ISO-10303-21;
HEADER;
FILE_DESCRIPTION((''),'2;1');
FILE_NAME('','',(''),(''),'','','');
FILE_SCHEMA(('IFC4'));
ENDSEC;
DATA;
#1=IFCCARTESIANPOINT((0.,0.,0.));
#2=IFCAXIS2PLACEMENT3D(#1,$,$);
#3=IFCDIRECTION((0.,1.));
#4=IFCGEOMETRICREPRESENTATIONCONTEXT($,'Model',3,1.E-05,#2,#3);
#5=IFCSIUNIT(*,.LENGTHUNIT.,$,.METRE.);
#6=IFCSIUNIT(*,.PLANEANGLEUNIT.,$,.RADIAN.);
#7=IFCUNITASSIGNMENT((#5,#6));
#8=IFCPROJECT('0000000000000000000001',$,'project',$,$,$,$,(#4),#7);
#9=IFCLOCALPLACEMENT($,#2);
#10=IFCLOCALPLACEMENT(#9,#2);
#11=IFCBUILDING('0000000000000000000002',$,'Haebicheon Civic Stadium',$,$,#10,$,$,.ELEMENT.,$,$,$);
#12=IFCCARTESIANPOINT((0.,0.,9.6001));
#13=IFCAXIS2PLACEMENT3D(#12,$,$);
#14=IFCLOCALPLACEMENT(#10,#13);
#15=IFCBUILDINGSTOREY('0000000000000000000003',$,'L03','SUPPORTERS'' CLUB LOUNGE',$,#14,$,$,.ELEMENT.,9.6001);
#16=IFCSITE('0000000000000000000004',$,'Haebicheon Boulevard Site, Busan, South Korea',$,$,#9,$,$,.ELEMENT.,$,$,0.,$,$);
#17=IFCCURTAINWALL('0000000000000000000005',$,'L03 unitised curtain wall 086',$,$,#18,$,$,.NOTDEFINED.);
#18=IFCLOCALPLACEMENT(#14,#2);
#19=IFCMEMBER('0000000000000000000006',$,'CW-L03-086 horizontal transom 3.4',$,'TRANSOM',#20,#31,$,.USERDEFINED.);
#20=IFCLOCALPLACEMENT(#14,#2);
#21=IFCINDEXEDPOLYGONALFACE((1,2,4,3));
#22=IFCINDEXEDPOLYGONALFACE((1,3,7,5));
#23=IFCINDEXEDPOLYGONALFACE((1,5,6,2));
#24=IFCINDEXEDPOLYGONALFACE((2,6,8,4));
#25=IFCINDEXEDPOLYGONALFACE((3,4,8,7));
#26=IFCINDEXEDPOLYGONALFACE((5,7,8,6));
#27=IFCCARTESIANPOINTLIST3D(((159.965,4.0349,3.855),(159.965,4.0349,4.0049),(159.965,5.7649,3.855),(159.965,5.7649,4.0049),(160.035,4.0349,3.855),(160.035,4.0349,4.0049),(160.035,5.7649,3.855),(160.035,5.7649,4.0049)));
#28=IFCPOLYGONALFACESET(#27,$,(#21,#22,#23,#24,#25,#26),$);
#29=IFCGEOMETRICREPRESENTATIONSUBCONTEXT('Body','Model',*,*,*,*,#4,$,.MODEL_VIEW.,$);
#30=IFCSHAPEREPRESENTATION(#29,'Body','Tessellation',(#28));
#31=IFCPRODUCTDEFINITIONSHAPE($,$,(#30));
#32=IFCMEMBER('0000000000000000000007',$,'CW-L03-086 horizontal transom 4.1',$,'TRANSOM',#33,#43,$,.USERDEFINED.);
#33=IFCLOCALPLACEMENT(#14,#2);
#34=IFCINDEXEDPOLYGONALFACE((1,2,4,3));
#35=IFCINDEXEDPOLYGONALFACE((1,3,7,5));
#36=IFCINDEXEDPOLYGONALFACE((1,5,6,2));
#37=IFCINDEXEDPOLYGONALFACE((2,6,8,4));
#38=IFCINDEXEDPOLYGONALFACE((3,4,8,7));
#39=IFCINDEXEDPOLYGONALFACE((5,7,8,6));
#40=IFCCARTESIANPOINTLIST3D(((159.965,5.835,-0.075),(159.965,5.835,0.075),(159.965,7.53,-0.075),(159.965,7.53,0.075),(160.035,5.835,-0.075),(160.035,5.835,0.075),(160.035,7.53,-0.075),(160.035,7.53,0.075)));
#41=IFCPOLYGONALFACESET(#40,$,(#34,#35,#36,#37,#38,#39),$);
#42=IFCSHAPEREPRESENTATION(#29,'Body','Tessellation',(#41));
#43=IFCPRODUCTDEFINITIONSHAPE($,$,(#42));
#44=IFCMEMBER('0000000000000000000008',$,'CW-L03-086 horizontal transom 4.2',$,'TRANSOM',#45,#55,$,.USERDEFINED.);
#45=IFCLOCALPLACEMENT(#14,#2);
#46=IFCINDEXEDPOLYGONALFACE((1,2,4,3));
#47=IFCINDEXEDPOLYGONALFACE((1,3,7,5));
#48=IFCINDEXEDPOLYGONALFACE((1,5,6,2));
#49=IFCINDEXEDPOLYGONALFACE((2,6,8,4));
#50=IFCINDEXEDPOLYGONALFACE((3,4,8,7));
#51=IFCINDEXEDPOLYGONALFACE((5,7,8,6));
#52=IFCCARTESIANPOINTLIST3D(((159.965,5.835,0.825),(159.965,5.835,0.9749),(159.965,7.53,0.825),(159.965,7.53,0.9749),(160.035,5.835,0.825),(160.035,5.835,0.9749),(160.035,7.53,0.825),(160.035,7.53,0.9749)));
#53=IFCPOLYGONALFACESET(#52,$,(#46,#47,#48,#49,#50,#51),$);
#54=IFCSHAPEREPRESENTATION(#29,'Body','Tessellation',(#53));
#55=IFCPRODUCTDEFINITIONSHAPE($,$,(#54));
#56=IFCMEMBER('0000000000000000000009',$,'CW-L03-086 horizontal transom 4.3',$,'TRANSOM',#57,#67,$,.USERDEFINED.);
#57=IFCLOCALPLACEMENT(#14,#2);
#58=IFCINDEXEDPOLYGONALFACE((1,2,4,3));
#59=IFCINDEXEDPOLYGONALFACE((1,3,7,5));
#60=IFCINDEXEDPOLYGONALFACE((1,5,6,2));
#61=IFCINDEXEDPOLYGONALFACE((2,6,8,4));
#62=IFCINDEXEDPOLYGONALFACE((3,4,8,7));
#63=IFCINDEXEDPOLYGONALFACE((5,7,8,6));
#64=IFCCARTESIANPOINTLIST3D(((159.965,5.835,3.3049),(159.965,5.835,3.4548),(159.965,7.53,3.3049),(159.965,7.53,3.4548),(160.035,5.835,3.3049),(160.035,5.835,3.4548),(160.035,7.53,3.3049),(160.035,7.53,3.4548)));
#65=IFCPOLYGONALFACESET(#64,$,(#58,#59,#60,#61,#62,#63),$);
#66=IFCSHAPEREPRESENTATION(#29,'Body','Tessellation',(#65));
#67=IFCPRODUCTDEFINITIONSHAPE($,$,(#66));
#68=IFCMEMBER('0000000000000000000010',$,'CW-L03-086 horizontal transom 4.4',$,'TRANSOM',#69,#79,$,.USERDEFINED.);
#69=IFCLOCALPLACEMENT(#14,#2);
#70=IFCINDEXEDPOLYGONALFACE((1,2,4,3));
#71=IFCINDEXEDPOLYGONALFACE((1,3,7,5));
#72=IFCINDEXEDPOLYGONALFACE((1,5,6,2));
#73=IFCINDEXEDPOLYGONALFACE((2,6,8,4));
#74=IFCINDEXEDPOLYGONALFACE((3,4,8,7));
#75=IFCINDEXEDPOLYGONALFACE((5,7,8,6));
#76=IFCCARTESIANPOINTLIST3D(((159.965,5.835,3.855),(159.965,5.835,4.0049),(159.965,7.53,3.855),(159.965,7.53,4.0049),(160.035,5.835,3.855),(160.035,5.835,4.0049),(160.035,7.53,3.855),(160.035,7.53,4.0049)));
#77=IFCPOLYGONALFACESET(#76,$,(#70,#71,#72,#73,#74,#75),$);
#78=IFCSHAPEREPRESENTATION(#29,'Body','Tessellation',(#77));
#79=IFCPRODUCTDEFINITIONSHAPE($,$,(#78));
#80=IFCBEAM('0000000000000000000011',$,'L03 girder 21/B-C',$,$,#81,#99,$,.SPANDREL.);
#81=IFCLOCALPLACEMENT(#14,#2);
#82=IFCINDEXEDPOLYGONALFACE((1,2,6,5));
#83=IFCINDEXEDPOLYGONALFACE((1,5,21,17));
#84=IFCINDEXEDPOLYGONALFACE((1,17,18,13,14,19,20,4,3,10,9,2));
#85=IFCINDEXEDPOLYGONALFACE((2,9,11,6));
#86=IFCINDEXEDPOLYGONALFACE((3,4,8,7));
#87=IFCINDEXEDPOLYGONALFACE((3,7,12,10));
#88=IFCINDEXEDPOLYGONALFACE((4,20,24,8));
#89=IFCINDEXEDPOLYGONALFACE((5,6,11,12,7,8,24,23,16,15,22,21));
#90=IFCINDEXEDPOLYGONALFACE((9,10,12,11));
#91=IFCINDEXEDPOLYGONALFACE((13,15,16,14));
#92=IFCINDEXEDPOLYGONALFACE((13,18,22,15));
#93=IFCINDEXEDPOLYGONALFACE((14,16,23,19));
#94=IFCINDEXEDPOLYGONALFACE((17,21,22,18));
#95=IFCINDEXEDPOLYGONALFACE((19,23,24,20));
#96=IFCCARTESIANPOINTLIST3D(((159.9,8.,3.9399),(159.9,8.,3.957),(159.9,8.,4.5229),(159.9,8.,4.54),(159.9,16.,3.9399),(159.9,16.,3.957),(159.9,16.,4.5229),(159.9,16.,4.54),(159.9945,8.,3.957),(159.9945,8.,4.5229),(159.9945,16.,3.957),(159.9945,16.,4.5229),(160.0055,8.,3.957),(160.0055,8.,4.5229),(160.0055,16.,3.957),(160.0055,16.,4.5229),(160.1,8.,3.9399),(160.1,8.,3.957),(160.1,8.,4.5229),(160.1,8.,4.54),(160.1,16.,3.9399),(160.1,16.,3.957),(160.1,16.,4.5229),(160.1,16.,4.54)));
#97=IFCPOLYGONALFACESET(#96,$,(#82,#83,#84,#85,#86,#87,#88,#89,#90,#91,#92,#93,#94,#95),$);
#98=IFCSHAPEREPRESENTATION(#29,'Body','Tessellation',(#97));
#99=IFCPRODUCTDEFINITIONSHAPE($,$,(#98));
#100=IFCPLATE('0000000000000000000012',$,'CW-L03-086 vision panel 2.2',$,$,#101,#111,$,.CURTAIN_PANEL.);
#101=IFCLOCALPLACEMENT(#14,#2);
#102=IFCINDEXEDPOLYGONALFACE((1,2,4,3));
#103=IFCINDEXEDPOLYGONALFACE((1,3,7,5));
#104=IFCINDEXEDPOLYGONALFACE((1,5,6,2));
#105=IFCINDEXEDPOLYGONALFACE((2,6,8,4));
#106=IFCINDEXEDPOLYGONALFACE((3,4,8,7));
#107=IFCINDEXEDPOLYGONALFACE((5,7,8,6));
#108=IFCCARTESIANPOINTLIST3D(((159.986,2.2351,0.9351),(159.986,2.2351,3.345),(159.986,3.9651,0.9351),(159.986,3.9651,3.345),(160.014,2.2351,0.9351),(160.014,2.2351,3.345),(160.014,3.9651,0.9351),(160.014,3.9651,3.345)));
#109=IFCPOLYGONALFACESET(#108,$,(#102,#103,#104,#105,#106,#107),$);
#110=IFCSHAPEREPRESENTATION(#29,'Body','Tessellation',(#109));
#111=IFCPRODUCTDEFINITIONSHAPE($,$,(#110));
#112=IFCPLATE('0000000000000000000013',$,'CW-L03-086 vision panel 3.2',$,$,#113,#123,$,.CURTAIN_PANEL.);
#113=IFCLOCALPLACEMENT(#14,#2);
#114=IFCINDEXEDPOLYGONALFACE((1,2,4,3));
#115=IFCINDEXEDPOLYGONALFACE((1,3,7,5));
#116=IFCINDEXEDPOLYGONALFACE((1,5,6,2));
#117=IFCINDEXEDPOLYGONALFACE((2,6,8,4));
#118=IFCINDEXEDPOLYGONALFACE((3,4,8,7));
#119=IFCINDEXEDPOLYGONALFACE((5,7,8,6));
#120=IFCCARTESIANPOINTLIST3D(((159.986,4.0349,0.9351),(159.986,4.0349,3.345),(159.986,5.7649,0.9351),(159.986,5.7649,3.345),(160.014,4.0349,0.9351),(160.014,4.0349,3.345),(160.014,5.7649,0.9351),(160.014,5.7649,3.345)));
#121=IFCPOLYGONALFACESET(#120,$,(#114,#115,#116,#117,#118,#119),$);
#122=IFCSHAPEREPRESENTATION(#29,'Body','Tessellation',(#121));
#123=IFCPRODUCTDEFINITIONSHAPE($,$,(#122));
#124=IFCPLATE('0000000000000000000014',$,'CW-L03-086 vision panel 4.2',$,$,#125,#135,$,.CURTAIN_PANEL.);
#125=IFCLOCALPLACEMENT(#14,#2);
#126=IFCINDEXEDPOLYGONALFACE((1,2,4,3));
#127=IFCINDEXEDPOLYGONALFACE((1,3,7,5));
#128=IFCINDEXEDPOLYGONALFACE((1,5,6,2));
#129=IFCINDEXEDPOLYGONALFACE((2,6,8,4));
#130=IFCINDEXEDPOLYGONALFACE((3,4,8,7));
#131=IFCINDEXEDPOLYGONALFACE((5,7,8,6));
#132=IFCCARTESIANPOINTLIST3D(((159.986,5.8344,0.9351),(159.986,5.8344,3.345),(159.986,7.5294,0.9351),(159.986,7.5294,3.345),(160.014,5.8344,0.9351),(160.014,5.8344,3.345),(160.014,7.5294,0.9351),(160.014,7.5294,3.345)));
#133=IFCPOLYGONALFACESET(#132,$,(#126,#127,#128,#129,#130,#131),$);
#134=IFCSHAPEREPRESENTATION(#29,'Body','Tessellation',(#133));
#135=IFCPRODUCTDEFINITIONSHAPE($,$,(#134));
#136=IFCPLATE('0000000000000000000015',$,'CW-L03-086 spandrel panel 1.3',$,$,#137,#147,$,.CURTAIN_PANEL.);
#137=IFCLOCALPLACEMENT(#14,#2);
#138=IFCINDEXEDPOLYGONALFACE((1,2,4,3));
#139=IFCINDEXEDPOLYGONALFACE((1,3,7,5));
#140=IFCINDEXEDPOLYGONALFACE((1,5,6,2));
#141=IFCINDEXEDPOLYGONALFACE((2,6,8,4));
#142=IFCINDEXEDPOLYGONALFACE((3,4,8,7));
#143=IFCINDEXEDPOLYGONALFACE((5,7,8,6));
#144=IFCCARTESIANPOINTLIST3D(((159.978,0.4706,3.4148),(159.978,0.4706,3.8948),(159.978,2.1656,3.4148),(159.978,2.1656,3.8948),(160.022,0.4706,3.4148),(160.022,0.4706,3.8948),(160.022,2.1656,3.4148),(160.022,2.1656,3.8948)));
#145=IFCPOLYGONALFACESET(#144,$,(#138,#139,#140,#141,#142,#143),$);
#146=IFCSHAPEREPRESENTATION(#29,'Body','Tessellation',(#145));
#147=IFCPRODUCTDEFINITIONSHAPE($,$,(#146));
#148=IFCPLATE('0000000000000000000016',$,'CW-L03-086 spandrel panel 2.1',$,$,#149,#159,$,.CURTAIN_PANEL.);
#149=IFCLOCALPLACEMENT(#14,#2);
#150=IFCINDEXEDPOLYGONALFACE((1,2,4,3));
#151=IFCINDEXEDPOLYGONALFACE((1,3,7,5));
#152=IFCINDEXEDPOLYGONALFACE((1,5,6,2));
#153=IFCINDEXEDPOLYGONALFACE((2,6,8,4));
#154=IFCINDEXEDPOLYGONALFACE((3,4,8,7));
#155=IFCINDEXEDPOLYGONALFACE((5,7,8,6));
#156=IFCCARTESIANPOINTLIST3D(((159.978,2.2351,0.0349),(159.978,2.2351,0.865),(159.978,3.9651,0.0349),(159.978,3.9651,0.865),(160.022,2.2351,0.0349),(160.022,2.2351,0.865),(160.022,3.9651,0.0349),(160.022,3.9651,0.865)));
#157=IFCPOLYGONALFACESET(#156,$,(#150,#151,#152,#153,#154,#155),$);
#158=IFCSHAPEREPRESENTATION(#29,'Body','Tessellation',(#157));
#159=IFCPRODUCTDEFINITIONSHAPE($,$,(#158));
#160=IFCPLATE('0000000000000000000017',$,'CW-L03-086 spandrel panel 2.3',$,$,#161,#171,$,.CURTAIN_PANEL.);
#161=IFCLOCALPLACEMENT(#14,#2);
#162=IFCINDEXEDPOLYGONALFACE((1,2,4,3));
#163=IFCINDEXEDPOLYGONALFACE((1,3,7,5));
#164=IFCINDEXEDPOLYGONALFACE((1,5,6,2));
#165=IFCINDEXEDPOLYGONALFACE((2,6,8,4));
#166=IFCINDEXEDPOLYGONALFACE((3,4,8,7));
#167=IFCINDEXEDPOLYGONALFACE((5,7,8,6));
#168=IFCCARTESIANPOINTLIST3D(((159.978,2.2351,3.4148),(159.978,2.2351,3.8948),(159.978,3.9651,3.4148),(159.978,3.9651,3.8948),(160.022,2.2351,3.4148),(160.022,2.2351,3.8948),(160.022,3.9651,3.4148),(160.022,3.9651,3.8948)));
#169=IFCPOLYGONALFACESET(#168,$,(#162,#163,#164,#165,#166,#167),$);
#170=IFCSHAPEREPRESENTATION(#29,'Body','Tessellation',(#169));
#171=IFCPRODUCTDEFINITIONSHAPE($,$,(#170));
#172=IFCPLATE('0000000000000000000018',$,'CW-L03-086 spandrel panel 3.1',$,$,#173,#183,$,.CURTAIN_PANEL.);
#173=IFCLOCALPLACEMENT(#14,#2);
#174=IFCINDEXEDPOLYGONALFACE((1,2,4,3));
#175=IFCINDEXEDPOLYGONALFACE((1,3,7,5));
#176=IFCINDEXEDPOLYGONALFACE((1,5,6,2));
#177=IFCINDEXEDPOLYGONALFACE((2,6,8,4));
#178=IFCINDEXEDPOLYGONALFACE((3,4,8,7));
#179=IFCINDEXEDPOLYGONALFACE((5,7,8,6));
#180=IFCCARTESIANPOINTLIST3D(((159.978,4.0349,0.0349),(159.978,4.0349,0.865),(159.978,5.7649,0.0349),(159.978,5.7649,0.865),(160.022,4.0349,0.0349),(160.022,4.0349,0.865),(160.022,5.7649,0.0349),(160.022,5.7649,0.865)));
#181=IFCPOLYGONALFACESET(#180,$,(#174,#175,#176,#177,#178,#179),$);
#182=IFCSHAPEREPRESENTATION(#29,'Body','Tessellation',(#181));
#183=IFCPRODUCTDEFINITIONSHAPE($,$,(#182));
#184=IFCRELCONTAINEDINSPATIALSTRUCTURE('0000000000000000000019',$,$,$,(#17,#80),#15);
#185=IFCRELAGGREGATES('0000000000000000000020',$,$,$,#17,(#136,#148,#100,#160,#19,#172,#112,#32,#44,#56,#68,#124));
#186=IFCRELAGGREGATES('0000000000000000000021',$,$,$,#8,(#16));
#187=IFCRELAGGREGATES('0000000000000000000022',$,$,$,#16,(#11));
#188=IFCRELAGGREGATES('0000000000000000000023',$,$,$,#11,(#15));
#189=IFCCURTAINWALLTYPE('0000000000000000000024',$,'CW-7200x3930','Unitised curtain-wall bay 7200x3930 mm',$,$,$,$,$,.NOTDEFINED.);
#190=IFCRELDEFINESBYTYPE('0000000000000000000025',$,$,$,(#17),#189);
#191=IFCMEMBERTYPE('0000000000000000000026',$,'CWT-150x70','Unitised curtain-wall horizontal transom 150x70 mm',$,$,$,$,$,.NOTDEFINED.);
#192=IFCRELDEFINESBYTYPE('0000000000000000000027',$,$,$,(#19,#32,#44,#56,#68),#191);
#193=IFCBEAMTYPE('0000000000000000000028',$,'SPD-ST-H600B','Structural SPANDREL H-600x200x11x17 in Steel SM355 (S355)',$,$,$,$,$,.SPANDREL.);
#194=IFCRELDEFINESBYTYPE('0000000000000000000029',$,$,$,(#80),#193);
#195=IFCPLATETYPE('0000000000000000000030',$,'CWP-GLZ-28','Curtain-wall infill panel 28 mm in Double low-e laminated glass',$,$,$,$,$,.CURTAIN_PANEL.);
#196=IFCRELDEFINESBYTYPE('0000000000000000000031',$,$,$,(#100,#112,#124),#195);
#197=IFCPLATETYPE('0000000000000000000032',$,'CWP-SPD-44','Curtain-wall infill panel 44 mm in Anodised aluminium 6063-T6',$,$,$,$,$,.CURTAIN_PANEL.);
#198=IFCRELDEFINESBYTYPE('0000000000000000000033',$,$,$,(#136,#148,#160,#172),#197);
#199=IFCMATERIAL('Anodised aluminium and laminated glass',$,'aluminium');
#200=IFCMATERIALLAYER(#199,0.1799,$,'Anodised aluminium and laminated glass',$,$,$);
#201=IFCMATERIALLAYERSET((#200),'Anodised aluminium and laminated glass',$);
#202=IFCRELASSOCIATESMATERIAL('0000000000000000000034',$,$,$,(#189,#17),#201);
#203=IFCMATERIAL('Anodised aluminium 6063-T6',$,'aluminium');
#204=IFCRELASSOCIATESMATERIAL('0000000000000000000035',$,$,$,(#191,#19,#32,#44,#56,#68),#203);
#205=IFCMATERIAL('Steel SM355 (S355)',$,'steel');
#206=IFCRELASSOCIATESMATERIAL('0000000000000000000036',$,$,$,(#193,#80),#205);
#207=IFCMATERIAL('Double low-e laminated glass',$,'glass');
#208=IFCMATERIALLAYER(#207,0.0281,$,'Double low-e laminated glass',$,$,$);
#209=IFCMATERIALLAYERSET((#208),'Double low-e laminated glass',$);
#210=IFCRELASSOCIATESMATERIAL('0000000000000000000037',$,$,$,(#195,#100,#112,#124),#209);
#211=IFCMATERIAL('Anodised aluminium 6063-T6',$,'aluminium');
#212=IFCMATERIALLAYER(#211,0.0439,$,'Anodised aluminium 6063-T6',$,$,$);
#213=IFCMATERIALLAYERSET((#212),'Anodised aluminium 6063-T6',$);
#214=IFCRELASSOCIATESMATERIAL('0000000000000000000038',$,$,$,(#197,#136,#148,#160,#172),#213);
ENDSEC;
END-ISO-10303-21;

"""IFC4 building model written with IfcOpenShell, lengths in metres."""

from ifc_helpers import new_model, si_unit, direction, frame, origin, origin_2d, place, context, subcontext, project, spatial, rectangle, i_section, extrude, material, layer, layer_set, material_profile, profile_set, type_object, element, aggregate, save


model = new_model("IFC4")

# Units and contexts
model_context = context("Model", 3, precision=1e-05, world=origin(), true_north=direction((0.0, 1.0)))
body_context = subcontext(model_context, "Body", "Model", "MODEL_VIEW")
ifc_project = project(units=[si_unit("LENGTHUNIT", "METRE"), si_unit("PLANEANGLEUNIT", "RADIAN")], contexts=[model_context])

# Site, building, storey
site_placement = place(None, origin())
site = spatial("IfcSite", under=ifc_project, at=site_placement, Name="Haebicheon Boulevard Site, Busan, South Korea", CompositionType="ELEMENT", RefElevation=0.0)
building_placement = place(site_placement, origin())
building = spatial("IfcBuilding", under=site, at=building_placement, Name="Haebicheon Civic Stadium", CompositionType="ELEMENT")
storey_placement = place(building_placement, frame((0.0, 0.0, 9.6001)))
storey = spatial("IfcBuildingStorey", under=building, at=storey_placement, Name="L03", Description="SUPPORTERS' CLUB LOUNGE", CompositionType="ELEMENT", Elevation=9.6001)

# Curtain wall, members
ifc_material_1 = material(Name="Anodised aluminium and laminated glass", Category="aluminium")
ifc_layer_1 = layer(ifc_material_1, 0.1799, Name="Anodised aluminium and laminated glass")
ifc_layer_set_1 = layer_set([ifc_layer_1], Name="Anodised aluminium and laminated glass")
curtain_wall_type = type_object("IfcCurtainWallType", Name="CW-7200x3930", Description="Unitised curtain-wall bay 7200x3930 mm", PredefinedType="NOTDEFINED", material=ifc_layer_set_1)
curtain_wall_placement = place(storey_placement, origin())
curtain_wall = element("IfcCurtainWall", 1, at=curtain_wall_placement, inside=storey, type_object=curtain_wall_type, material=ifc_layer_set_1, Name="L03 unitised curtain wall 086", PredefinedType="NOTDEFINED")
ifc_material_2 = material(Name="Anodised aluminium 6063-T6", Category="aluminium")
ifc_material_profile_1 = material_profile(ifc_material_2, rectangle(XDim=0.0701, YDim=0.1499, at=origin_2d()), Name="ALU-TRAN-70x150")
ifc_profile_set_1 = profile_set([ifc_material_profile_1], Name="Anodised aluminium 6063-T6")
member_type_1 = type_object("IfcMemberType", Name="CWT-150x70", Description="Unitised curtain-wall horizontal transom 150x70 mm", PredefinedType="NOTDEFINED", material=ifc_profile_set_1)
member_1_placement = place(storey_placement, frame((160.0, 4.0349, 3.9299), z_axis=(0.0, 1.0, 0.0), x_axis=(-1.0, 0.0, 0.0)))
member_1 = element("IfcMember", 2, at=member_1_placement, type_object=member_type_1, material=ifc_profile_set_1, Name="CW-L03-086 horizontal transom 3.4", ObjectType="TRANSOM", PredefinedType="USERDEFINED", context=body_context, shape_type="SweptSolid", body=[
    extrude(rectangle(XDim=0.0701, YDim=0.1499, at=origin_2d()), origin(), (0.0, 0.0, 1.0), 1.73),
])
member_2_placement = place(storey_placement, frame((160.0, 5.835, 0.0), z_axis=(0.0, 1.0, 0.0), x_axis=(-1.0, 0.0, 0.0)))
member_2 = element("IfcMember", 3, at=member_2_placement, type_object=member_type_1, material=ifc_profile_set_1, Name="CW-L03-086 horizontal transom 4.1", ObjectType="TRANSOM", PredefinedType="USERDEFINED", context=body_context, shape_type="SweptSolid", body=[
    extrude(rectangle(XDim=0.0701, YDim=0.1499, at=origin_2d()), origin(), (0.0, 0.0, 1.0), 1.6951),
])
member_3_placement = place(storey_placement, frame((160.0, 5.835, 0.8999), z_axis=(0.0, 1.0, 0.0), x_axis=(-1.0, 0.0, 0.0)))
member_3 = element("IfcMember", 4, at=member_3_placement, type_object=member_type_1, material=ifc_profile_set_1, Name="CW-L03-086 horizontal transom 4.2", ObjectType="TRANSOM", PredefinedType="USERDEFINED", context=body_context, shape_type="SweptSolid", body=[
    extrude(rectangle(XDim=0.0701, YDim=0.1499, at=origin_2d()), origin(), (0.0, 0.0, 1.0), 1.6951),
])
member_4_placement = place(storey_placement, frame((160.0, 5.835, 3.3799), z_axis=(0.0, 1.0, 0.0), x_axis=(-1.0, 0.0, 0.0)))
member_4 = element("IfcMember", 5, at=member_4_placement, type_object=member_type_1, material=ifc_profile_set_1, Name="CW-L03-086 horizontal transom 4.3", ObjectType="TRANSOM", PredefinedType="USERDEFINED", context=body_context, shape_type="SweptSolid", body=[
    extrude(rectangle(XDim=0.0701, YDim=0.1499, at=origin_2d()), origin(), (0.0, 0.0, 1.0), 1.6951),
])
member_5_placement = place(storey_placement, frame((160.0, 5.835, 3.9299), z_axis=(0.0, 1.0, 0.0), x_axis=(-1.0, 0.0, 0.0)))
member_5 = element("IfcMember", 6, at=member_5_placement, type_object=member_type_1, material=ifc_profile_set_1, Name="CW-L03-086 horizontal transom 4.4", ObjectType="TRANSOM", PredefinedType="USERDEFINED", context=body_context, shape_type="SweptSolid", body=[
    extrude(rectangle(XDim=0.0701, YDim=0.1499, at=origin_2d()), origin(), (0.0, 0.0, 1.0), 1.6951),
])

# Beam
ifc_material_3 = material(Name="Steel SM355 (S355)", Category="steel")
ifc_material_profile_2 = material_profile(ifc_material_3, i_section(OverallWidth=0.2, OverallDepth=0.6001, WebThickness=0.011, FlangeThickness=0.0171, at=origin_2d()), Name="H-600x200x11x17")
ifc_profile_set_2 = profile_set([ifc_material_profile_2], Name="Steel SM355 (S355)")
beam_type_1 = type_object("IfcBeamType", Name="SPD-ST-H600B", Description="Structural SPANDREL H-600x200x11x17 in Steel SM355 (S355)", PredefinedType="SPANDREL", material=ifc_profile_set_2)
beam_1_placement = place(storey_placement, frame((160.0, 8.0, 4.24), z_axis=(0.0, 1.0, 0.0), x_axis=(-1.0, 0.0, 0.0)))
element("IfcBeam", 7, at=beam_1_placement, inside=storey, type_object=beam_type_1, material=ifc_profile_set_2, Name="L03 girder 21/B-C", PredefinedType="SPANDREL", context=body_context, shape_type="SweptSolid", body=[
    extrude(i_section(OverallWidth=0.2, OverallDepth=0.6001, WebThickness=0.011, FlangeThickness=0.0171, at=origin_2d()), origin(), (0.0, 0.0, 1.0), 8.0),
])

# Plates
ifc_material_4 = material(Name="Double low-e laminated glass", Category="glass")
ifc_layer_2 = layer(ifc_material_4, 0.0281, Name="Double low-e laminated glass")
ifc_layer_set_2 = layer_set([ifc_layer_2], Name="Double low-e laminated glass")
plate_type_1 = type_object("IfcPlateType", Name="CWP-GLZ-28", Description="Curtain-wall infill panel 28 mm in Double low-e laminated glass", PredefinedType="CURTAIN_PANEL", material=ifc_layer_set_2)
plate_1_placement = place(storey_placement, frame((160.0, 3.1001, 0.9351), z_axis=(0.0, 0.0, 1.0), x_axis=(0.0, 1.0, 0.0)))
plate_1 = element("IfcPlate", 8, at=plate_1_placement, type_object=plate_type_1, material=ifc_layer_set_2, Name="CW-L03-086 vision panel 2.2", PredefinedType="CURTAIN_PANEL", context=body_context, shape_type="SweptSolid", body=[
    extrude(rectangle(XDim=1.73, YDim=0.0281, at=origin_2d()), origin(), (0.0, 0.0, 1.0), 2.4099),
])
plate_2_placement = place(storey_placement, frame((160.0, 4.8999, 0.9351), z_axis=(0.0, 0.0, 1.0), x_axis=(0.0, 1.0, 0.0)))
plate_2 = element("IfcPlate", 9, at=plate_2_placement, type_object=plate_type_1, material=ifc_layer_set_2, Name="CW-L03-086 vision panel 3.2", PredefinedType="CURTAIN_PANEL", context=body_context, shape_type="SweptSolid", body=[
    extrude(rectangle(XDim=1.73, YDim=0.0281, at=origin_2d()), origin(), (0.0, 0.0, 1.0), 2.4099),
])
plate_3_placement = place(storey_placement, frame((160.0, 6.6819, 0.9351), z_axis=(0.0, 0.0, 1.0), x_axis=(0.0, 1.0, 0.0)))
plate_3 = element("IfcPlate", 10, at=plate_3_placement, type_object=plate_type_1, material=ifc_layer_set_2, Name="CW-L03-086 vision panel 4.2", PredefinedType="CURTAIN_PANEL", context=body_context, shape_type="SweptSolid", body=[
    extrude(rectangle(XDim=1.6951, YDim=0.0281, at=origin_2d()), origin(), (0.0, 0.0, 1.0), 2.4099),
])
ifc_material_5 = material(Name="Anodised aluminium 6063-T6", Category="aluminium")
ifc_layer_3 = layer(ifc_material_5, 0.0439, Name="Anodised aluminium 6063-T6")
ifc_layer_set_3 = layer_set([ifc_layer_3], Name="Anodised aluminium 6063-T6")
plate_type_2 = type_object("IfcPlateType", Name="CWP-SPD-44", Description="Curtain-wall infill panel 44 mm in Anodised aluminium 6063-T6", PredefinedType="CURTAIN_PANEL", material=ifc_layer_set_3)
plate_4_placement = place(storey_placement, frame((160.0, 1.3181, 3.4148), z_axis=(0.0, 0.0, 1.0), x_axis=(0.0, 1.0, 0.0)))
plate_4 = element("IfcPlate", 11, at=plate_4_placement, type_object=plate_type_2, material=ifc_layer_set_3, Name="CW-L03-086 spandrel panel 1.3", PredefinedType="CURTAIN_PANEL", context=body_context, shape_type="SweptSolid", body=[
    extrude(rectangle(XDim=1.6951, YDim=0.0439, at=origin_2d()), origin(), (0.0, 0.0, 1.0), 0.48),
])
plate_5_placement = place(storey_placement, frame((160.0, 3.1001, 0.0349), z_axis=(0.0, 0.0, 1.0), x_axis=(0.0, 1.0, 0.0)))
plate_5 = element("IfcPlate", 12, at=plate_5_placement, type_object=plate_type_2, material=ifc_layer_set_3, Name="CW-L03-086 spandrel panel 2.1", PredefinedType="CURTAIN_PANEL", context=body_context, shape_type="SweptSolid", body=[
    extrude(rectangle(XDim=1.73, YDim=0.0439, at=origin_2d()), origin(), (0.0, 0.0, 1.0), 0.8301),
])
plate_6_placement = place(storey_placement, frame((160.0, 3.1001, 3.4148), z_axis=(0.0, 0.0, 1.0), x_axis=(0.0, 1.0, 0.0)))
plate_6 = element("IfcPlate", 13, at=plate_6_placement, type_object=plate_type_2, material=ifc_layer_set_3, Name="CW-L03-086 spandrel panel 2.3", PredefinedType="CURTAIN_PANEL", context=body_context, shape_type="SweptSolid", body=[
    extrude(rectangle(XDim=1.73, YDim=0.0439, at=origin_2d()), origin(), (0.0, 0.0, 1.0), 0.48),
])
plate_7_placement = place(storey_placement, frame((160.0, 4.8999, 0.0349), z_axis=(0.0, 0.0, 1.0), x_axis=(0.0, 1.0, 0.0)))
plate_7 = element("IfcPlate", 14, at=plate_7_placement, type_object=plate_type_2, material=ifc_layer_set_3, Name="CW-L03-086 spandrel panel 3.1", PredefinedType="CURTAIN_PANEL", context=body_context, shape_type="SweptSolid", body=[
    extrude(rectangle(XDim=1.73, YDim=0.0439, at=origin_2d()), origin(), (0.0, 0.0, 1.0), 0.8301),
])
aggregate(curtain_wall, [plate_4, plate_5, plate_1, plate_6, member_1, plate_7, plate_2, member_2, member_3, member_4, member_5, plate_3])

save(model, "model.ifc")
